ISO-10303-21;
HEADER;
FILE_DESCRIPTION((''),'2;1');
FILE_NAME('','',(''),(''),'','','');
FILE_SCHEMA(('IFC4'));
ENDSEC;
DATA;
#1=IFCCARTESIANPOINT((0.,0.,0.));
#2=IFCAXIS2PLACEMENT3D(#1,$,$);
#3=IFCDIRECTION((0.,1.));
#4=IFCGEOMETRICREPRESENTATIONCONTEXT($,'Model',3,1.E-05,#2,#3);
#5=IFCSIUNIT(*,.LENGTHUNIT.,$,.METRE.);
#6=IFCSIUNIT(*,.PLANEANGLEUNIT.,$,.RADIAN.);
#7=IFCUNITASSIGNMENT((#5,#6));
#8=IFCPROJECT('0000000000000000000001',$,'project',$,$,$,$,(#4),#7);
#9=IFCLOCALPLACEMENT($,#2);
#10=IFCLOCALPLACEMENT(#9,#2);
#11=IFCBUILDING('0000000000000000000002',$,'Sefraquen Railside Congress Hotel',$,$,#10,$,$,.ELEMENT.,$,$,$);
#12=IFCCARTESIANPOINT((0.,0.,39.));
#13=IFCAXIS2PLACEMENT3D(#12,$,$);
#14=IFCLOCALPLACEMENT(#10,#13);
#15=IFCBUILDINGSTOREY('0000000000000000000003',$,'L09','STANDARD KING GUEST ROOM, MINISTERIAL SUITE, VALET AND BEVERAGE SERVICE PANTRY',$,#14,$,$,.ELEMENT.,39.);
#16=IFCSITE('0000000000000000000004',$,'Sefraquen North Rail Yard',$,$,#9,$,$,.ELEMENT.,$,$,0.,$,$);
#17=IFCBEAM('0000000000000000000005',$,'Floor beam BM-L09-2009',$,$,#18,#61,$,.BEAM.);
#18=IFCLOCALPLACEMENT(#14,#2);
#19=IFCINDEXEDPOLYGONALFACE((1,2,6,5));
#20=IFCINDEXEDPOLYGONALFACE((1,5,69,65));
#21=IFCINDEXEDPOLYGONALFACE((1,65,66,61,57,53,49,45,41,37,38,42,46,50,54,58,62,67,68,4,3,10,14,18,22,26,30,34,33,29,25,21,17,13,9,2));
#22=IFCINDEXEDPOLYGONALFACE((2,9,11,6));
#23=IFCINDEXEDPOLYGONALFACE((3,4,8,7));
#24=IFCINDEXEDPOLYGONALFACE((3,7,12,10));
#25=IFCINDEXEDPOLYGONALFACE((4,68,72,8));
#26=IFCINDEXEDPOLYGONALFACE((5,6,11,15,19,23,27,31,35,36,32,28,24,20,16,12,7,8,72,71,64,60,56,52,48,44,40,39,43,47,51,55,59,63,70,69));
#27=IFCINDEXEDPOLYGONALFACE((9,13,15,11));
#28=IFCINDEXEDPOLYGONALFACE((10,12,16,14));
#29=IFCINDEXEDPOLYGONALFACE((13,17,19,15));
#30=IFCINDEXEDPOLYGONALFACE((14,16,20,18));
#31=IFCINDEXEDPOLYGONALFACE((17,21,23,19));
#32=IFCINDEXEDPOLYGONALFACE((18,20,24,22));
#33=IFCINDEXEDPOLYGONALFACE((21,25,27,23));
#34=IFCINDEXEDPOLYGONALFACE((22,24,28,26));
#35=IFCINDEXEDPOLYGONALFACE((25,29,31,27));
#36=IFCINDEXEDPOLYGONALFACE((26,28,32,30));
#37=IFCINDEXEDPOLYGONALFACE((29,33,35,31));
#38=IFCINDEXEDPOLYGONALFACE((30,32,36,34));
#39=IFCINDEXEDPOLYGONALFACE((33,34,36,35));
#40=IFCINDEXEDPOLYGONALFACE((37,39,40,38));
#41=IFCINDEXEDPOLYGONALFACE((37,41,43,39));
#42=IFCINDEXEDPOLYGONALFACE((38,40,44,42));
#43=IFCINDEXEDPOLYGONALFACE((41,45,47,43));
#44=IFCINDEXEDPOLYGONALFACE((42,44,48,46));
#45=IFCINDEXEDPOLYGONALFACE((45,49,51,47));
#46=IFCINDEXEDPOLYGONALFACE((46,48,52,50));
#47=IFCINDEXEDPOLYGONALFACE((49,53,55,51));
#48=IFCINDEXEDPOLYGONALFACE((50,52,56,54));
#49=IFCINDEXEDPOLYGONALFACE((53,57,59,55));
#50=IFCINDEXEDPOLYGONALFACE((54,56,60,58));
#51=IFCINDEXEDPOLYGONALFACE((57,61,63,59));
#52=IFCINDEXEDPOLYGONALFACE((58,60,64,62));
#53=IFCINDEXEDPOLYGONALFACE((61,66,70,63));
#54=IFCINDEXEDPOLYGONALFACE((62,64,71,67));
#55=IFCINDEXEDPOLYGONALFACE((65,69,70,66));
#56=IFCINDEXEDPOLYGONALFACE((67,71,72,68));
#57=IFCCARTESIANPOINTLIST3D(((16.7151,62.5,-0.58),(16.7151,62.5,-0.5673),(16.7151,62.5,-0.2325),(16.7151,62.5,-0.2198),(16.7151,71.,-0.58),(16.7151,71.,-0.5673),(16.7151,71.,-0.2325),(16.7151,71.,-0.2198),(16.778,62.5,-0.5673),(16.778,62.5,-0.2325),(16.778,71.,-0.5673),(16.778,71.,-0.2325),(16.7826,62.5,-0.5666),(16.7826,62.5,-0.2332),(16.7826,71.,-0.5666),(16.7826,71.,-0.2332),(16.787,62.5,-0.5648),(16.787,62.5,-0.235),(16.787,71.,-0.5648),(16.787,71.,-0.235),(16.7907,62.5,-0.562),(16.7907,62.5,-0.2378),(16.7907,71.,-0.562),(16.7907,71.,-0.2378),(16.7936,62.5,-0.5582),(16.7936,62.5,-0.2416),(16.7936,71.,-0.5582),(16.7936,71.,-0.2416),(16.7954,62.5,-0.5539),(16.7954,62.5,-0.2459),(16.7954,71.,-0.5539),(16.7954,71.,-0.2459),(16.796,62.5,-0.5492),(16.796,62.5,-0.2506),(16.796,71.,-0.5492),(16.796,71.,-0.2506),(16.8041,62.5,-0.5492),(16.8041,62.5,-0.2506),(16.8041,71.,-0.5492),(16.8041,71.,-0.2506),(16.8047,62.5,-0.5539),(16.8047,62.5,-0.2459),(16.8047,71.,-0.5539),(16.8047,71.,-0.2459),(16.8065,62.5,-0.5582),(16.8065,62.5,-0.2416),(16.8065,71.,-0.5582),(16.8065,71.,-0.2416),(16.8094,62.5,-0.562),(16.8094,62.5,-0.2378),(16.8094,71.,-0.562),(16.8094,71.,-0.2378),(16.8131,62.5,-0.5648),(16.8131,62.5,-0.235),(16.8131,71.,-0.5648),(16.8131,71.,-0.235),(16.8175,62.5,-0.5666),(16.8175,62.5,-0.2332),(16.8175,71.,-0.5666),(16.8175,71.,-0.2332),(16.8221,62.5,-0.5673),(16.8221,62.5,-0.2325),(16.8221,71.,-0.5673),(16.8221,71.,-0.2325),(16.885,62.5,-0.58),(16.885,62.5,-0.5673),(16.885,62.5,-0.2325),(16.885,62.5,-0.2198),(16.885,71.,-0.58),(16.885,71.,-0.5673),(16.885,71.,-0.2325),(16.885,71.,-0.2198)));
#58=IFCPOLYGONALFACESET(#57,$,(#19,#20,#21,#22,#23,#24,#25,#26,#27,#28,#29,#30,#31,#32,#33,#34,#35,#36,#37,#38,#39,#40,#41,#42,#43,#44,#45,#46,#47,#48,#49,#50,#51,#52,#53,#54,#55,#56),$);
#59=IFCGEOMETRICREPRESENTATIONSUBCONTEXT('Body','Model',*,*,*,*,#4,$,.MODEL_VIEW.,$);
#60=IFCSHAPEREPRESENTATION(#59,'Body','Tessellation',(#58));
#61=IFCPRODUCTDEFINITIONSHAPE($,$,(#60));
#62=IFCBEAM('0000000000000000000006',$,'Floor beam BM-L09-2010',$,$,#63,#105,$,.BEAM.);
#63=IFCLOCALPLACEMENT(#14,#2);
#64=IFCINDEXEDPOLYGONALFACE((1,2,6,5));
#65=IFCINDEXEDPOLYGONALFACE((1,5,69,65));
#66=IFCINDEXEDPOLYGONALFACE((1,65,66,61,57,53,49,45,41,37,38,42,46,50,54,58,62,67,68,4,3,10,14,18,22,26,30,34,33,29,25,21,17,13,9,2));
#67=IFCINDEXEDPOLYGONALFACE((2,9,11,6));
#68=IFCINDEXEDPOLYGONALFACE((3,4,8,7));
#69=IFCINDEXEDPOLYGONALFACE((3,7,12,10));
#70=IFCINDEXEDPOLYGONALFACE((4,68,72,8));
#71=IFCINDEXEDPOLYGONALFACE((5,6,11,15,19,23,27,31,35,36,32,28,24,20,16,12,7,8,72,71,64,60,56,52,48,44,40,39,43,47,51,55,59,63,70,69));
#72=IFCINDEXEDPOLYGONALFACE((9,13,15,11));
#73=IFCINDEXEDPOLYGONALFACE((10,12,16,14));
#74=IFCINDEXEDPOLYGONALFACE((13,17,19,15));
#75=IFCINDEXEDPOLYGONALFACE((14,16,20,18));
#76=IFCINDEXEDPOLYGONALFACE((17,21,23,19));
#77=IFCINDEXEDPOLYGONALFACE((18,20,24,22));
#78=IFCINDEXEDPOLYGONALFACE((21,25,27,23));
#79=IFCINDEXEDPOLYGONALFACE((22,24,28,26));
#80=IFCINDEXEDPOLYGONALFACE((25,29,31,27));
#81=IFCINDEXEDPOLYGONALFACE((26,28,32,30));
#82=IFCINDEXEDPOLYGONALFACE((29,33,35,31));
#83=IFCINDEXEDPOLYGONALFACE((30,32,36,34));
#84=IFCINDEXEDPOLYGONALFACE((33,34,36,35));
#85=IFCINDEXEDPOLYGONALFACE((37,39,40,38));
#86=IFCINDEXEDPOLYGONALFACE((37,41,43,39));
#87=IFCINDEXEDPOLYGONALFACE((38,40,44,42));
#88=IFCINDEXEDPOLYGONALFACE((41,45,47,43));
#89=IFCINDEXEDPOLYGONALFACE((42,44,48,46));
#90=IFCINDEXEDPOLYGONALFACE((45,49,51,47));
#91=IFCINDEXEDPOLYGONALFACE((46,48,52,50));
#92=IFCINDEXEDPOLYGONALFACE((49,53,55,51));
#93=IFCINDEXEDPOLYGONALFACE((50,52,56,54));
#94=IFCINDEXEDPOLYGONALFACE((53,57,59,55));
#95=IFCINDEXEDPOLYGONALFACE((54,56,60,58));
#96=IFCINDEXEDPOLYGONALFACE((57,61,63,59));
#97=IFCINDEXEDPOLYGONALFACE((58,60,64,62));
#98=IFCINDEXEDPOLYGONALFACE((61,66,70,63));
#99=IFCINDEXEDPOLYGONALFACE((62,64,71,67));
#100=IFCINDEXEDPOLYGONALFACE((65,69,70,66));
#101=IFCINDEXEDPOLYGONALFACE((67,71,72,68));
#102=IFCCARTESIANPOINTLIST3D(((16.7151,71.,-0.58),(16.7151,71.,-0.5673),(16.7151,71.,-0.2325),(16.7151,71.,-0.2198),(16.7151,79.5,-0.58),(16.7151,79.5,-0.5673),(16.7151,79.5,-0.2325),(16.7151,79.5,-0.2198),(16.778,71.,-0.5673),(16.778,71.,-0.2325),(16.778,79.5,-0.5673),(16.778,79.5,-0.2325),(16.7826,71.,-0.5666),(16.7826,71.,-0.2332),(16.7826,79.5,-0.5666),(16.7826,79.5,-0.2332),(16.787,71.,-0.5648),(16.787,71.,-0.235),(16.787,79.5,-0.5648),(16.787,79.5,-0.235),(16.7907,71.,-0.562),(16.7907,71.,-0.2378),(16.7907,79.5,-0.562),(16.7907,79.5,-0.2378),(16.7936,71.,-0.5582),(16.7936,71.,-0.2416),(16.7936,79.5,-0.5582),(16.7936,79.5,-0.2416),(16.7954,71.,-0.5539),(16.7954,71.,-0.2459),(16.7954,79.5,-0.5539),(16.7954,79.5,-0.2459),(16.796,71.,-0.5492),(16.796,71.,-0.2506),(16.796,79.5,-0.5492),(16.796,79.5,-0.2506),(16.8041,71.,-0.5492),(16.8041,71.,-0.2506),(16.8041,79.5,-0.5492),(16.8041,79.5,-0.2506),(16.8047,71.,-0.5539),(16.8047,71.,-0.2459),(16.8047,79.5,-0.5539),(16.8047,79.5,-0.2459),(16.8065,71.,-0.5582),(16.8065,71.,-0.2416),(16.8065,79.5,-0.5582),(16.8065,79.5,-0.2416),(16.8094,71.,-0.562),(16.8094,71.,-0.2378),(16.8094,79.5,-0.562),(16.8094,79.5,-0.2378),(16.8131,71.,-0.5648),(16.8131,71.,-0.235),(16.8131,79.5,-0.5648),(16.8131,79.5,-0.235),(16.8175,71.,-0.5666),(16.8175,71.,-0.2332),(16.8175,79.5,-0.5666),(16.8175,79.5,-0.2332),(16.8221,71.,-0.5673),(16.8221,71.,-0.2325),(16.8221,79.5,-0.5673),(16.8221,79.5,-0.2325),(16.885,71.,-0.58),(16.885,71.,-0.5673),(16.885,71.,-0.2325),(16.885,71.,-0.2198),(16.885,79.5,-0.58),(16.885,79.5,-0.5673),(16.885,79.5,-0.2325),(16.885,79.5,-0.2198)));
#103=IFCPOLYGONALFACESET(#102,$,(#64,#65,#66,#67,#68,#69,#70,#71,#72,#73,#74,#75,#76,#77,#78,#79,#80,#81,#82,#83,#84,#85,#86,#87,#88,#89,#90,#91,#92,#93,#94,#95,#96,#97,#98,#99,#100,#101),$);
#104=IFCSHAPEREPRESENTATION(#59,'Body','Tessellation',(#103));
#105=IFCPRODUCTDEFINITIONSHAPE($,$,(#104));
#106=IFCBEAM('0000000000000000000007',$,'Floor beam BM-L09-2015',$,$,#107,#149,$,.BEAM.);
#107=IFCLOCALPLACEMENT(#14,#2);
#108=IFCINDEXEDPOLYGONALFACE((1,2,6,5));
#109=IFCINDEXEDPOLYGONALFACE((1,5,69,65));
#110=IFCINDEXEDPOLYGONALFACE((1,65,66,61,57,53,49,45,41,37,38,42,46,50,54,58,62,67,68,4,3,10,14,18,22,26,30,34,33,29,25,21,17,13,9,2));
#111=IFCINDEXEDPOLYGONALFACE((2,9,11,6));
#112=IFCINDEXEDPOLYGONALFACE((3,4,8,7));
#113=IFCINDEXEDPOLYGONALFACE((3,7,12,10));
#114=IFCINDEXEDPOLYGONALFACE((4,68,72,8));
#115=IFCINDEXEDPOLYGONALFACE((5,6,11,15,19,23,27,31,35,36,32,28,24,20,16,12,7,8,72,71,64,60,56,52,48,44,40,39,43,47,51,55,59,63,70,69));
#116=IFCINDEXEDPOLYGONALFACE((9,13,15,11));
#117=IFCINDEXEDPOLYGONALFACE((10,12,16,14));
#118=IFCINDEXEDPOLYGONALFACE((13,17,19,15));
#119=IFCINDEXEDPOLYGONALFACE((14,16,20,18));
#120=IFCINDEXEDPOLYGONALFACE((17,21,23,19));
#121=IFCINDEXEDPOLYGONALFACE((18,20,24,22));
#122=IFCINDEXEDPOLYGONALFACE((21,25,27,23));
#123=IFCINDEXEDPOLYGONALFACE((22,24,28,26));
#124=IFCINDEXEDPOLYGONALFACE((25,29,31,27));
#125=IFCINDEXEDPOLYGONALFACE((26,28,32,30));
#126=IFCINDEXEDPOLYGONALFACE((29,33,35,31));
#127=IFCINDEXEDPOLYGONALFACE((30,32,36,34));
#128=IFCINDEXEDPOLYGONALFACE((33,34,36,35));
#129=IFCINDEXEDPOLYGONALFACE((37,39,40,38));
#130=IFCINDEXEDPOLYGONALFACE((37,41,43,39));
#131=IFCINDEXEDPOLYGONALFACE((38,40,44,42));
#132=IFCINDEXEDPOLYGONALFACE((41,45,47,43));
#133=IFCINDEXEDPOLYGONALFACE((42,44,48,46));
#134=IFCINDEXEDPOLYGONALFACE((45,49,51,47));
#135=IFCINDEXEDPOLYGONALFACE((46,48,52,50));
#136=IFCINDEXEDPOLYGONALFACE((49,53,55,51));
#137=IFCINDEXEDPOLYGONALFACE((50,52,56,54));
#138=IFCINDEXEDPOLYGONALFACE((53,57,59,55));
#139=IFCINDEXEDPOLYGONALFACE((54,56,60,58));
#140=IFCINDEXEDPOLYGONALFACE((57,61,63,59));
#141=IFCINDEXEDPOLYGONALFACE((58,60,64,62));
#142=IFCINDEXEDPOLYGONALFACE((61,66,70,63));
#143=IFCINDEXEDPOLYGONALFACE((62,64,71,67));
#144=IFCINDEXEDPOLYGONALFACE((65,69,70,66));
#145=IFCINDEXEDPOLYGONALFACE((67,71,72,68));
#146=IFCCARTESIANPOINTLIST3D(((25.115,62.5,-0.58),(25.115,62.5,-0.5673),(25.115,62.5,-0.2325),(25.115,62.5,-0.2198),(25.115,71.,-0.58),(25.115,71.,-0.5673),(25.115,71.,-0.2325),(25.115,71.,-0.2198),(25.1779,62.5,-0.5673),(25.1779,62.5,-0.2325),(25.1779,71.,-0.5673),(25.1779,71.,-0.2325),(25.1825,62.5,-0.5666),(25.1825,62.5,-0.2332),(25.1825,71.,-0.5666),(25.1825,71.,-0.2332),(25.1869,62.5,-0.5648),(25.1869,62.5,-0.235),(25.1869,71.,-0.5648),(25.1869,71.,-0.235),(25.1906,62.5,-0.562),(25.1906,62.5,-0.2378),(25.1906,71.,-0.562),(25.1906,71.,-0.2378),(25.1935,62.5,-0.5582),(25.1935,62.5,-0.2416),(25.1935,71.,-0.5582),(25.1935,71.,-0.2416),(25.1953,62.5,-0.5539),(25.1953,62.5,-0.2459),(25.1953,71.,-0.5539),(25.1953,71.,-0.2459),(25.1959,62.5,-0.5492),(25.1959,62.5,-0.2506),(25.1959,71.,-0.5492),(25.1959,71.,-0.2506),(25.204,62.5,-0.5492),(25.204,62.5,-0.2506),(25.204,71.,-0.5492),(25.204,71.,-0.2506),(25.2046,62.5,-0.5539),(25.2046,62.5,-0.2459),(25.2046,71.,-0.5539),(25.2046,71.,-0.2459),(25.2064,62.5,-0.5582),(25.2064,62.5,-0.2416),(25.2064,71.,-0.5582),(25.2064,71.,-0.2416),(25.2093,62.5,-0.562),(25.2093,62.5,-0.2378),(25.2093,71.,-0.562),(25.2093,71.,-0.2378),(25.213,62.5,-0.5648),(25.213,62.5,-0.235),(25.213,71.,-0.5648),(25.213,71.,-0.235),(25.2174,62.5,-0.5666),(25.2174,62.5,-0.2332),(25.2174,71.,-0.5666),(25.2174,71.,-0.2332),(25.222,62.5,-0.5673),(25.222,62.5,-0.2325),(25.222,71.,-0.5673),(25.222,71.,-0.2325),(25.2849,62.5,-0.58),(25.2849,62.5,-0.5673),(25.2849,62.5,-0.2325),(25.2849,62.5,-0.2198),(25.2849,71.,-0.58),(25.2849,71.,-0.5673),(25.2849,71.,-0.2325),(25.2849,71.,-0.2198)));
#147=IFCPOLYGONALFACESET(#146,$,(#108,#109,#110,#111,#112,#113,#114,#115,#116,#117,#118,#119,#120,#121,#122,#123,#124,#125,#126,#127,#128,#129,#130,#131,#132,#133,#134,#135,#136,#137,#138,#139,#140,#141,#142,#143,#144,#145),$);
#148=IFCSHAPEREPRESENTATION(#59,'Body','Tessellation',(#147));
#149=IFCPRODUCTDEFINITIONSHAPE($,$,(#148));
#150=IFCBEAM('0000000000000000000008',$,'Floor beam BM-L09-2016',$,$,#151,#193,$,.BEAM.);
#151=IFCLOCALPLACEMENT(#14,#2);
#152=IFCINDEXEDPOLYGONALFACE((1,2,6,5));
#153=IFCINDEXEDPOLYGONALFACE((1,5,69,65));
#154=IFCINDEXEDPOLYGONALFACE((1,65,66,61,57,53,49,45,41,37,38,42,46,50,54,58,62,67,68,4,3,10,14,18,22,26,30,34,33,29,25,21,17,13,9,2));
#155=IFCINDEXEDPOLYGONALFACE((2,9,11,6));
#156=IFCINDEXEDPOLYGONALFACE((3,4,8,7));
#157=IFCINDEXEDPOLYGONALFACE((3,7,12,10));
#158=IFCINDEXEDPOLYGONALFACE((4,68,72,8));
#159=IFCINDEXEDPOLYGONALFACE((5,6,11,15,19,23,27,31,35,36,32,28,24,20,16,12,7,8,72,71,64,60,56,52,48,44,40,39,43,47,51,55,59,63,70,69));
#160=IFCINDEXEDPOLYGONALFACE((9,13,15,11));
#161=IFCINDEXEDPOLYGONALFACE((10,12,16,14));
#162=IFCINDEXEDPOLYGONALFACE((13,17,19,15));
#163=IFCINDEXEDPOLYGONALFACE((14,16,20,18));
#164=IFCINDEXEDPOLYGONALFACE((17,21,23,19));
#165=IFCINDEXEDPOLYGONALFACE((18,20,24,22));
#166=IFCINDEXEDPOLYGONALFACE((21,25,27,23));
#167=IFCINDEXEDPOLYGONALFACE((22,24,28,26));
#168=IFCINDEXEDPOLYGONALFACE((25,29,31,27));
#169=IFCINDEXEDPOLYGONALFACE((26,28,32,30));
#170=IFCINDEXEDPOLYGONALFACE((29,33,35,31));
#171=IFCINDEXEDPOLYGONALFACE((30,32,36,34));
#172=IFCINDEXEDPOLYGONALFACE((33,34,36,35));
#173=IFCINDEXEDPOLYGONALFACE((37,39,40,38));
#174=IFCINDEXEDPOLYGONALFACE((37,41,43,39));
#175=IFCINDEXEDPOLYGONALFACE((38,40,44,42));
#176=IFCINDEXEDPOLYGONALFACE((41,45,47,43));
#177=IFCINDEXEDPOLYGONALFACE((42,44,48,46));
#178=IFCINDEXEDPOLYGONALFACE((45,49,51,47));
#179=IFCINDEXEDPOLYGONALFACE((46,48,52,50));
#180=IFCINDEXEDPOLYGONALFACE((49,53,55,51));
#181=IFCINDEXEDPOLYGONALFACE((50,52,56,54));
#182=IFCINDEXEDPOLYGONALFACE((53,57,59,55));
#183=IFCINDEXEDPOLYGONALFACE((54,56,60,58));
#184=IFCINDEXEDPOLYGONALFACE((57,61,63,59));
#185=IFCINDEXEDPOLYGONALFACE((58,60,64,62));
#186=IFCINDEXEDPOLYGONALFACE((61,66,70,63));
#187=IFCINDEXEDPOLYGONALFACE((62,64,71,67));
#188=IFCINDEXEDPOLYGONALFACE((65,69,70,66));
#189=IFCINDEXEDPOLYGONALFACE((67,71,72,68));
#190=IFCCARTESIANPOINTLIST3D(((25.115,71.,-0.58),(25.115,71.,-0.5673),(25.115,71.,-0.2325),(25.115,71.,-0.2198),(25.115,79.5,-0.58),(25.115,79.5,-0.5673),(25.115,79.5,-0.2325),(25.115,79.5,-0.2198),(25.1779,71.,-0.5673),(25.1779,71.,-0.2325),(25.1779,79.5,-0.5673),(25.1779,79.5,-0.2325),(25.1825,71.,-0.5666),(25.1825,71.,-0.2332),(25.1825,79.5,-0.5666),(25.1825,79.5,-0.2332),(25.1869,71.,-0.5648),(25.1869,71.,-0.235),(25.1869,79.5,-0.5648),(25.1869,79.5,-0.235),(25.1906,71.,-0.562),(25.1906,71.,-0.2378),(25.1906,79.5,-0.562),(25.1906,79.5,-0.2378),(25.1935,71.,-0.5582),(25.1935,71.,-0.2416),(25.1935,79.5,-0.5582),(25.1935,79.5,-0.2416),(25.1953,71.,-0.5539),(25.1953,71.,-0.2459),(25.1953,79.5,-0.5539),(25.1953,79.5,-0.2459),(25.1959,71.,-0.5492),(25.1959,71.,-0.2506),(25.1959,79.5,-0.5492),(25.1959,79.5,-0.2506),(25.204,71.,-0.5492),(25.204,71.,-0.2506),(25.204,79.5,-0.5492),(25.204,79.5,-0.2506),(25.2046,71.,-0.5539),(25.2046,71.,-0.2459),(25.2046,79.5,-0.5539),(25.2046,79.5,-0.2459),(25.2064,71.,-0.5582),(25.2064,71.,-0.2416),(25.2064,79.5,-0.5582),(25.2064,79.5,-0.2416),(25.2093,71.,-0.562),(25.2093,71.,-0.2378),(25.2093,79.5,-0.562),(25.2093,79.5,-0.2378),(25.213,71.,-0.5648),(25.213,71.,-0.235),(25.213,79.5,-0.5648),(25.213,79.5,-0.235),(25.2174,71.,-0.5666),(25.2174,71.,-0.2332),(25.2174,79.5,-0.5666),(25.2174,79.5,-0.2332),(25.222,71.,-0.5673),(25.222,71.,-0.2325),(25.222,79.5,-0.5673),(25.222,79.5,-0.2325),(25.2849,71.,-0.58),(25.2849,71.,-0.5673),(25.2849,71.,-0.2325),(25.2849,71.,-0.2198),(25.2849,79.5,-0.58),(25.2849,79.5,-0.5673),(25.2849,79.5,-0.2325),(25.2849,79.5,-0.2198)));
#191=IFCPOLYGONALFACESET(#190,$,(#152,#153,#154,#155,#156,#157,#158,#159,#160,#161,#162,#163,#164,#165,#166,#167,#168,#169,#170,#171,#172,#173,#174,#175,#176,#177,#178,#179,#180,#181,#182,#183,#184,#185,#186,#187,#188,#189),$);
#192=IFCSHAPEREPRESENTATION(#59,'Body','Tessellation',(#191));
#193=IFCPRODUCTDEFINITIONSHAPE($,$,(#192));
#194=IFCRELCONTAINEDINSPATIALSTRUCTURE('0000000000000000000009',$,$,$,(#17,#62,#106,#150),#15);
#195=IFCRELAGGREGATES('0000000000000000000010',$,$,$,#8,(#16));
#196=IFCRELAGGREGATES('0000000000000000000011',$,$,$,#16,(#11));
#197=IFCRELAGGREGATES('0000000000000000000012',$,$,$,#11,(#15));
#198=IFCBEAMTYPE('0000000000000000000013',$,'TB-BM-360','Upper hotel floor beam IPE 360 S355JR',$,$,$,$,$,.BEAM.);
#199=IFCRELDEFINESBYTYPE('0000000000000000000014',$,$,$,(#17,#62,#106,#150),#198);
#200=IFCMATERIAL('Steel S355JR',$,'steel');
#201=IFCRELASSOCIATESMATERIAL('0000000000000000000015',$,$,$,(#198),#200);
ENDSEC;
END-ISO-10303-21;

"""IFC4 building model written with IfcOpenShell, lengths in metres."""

from ifc_helpers import new_model, si_unit, direction, frame, origin, origin_2d, place, context, subcontext, project, spatial, i_section, extrude, material, material_profile, profile_set, type_object, element, save


model = new_model("IFC4")

# Units and contexts
model_context = context("Model", 3, precision=1e-05, world=origin(), true_north=direction((0.0, 1.0)))
body_context = subcontext(model_context, "Body", "Model", "MODEL_VIEW")
ifc_project = project(units=[si_unit("LENGTHUNIT", "METRE"), si_unit("PLANEANGLEUNIT", "RADIAN")], contexts=[model_context])

# Site, building, storey
site_placement = place(None, origin())
site = spatial("IfcSite", under=ifc_project, at=site_placement, Name="Sefraquen North Rail Yard", CompositionType="ELEMENT", RefElevation=0.0)
building_placement = place(site_placement, origin())
building = spatial("IfcBuilding", under=site, at=building_placement, Name="Sefraquen Railside Congress Hotel", CompositionType="ELEMENT")
storey_placement = place(building_placement, frame((0.0, 0.0, 39.0)))
storey = spatial("IfcBuildingStorey", under=building, at=storey_placement, Name="L09", Description="STANDARD KING GUEST ROOM, MINISTERIAL SUITE, VALET AND BEVERAGE SERVICE PANTRY", CompositionType="ELEMENT", Elevation=39.0)

# Shared definitions
ifc_material_1 = material(Name="Steel S355JR", Category="steel")

# Beams
ifc_material_profile_1 = material_profile(ifc_material_1, i_section(OverallWidth=0.1699, OverallDepth=0.3601, WebThickness=0.0081, FlangeThickness=0.0127, FilletRadius=0.0181, at=origin_2d()), Name="IPE 360")
ifc_profile_set_1 = profile_set([ifc_material_profile_1], Name="Steel S355JR")
beam_type_1 = type_object("IfcBeamType", Name="TB-BM-360", Description="Upper hotel floor beam IPE 360 S355JR", PredefinedType="BEAM", material=ifc_profile_set_1)
for number, where, z_axis, x_axis, name in (
    (1, (16.8, 62.5, -0.3999), (0.0, 1.0, 0.0), (-1.0, 0.0, 0.0), "Floor beam BM-L09-2009"),
    (2, (16.8, 71.0, -0.3999), (0.0, 1.0, 0.0), (-1.0, 0.0, 0.0), "Floor beam BM-L09-2010"),
    (3, (25.2, 62.5, -0.3999), (0.0, 1.0, 0.0), (-1.0, 0.0, 0.0), "Floor beam BM-L09-2015"),
    (4, (25.2, 71.0, -0.3999), (0.0, 1.0, 0.0), (-1.0, 0.0, 0.0), "Floor beam BM-L09-2016"),
):
    element("IfcBeam", number, at=place(storey_placement, frame(where, z_axis=z_axis, x_axis=x_axis)), inside=storey, type_object=beam_type_1, Name=name, PredefinedType="BEAM", context=body_context, shape_type="SweptSolid", body=[
        extrude(i_section(OverallWidth=0.1699, OverallDepth=0.3601, WebThickness=0.0081, FlangeThickness=0.0127, FilletRadius=0.0181, at=origin_2d()), origin(), (0.0, 0.0, 1.0), 8.5),
    ])

save(model, "model.ifc")
